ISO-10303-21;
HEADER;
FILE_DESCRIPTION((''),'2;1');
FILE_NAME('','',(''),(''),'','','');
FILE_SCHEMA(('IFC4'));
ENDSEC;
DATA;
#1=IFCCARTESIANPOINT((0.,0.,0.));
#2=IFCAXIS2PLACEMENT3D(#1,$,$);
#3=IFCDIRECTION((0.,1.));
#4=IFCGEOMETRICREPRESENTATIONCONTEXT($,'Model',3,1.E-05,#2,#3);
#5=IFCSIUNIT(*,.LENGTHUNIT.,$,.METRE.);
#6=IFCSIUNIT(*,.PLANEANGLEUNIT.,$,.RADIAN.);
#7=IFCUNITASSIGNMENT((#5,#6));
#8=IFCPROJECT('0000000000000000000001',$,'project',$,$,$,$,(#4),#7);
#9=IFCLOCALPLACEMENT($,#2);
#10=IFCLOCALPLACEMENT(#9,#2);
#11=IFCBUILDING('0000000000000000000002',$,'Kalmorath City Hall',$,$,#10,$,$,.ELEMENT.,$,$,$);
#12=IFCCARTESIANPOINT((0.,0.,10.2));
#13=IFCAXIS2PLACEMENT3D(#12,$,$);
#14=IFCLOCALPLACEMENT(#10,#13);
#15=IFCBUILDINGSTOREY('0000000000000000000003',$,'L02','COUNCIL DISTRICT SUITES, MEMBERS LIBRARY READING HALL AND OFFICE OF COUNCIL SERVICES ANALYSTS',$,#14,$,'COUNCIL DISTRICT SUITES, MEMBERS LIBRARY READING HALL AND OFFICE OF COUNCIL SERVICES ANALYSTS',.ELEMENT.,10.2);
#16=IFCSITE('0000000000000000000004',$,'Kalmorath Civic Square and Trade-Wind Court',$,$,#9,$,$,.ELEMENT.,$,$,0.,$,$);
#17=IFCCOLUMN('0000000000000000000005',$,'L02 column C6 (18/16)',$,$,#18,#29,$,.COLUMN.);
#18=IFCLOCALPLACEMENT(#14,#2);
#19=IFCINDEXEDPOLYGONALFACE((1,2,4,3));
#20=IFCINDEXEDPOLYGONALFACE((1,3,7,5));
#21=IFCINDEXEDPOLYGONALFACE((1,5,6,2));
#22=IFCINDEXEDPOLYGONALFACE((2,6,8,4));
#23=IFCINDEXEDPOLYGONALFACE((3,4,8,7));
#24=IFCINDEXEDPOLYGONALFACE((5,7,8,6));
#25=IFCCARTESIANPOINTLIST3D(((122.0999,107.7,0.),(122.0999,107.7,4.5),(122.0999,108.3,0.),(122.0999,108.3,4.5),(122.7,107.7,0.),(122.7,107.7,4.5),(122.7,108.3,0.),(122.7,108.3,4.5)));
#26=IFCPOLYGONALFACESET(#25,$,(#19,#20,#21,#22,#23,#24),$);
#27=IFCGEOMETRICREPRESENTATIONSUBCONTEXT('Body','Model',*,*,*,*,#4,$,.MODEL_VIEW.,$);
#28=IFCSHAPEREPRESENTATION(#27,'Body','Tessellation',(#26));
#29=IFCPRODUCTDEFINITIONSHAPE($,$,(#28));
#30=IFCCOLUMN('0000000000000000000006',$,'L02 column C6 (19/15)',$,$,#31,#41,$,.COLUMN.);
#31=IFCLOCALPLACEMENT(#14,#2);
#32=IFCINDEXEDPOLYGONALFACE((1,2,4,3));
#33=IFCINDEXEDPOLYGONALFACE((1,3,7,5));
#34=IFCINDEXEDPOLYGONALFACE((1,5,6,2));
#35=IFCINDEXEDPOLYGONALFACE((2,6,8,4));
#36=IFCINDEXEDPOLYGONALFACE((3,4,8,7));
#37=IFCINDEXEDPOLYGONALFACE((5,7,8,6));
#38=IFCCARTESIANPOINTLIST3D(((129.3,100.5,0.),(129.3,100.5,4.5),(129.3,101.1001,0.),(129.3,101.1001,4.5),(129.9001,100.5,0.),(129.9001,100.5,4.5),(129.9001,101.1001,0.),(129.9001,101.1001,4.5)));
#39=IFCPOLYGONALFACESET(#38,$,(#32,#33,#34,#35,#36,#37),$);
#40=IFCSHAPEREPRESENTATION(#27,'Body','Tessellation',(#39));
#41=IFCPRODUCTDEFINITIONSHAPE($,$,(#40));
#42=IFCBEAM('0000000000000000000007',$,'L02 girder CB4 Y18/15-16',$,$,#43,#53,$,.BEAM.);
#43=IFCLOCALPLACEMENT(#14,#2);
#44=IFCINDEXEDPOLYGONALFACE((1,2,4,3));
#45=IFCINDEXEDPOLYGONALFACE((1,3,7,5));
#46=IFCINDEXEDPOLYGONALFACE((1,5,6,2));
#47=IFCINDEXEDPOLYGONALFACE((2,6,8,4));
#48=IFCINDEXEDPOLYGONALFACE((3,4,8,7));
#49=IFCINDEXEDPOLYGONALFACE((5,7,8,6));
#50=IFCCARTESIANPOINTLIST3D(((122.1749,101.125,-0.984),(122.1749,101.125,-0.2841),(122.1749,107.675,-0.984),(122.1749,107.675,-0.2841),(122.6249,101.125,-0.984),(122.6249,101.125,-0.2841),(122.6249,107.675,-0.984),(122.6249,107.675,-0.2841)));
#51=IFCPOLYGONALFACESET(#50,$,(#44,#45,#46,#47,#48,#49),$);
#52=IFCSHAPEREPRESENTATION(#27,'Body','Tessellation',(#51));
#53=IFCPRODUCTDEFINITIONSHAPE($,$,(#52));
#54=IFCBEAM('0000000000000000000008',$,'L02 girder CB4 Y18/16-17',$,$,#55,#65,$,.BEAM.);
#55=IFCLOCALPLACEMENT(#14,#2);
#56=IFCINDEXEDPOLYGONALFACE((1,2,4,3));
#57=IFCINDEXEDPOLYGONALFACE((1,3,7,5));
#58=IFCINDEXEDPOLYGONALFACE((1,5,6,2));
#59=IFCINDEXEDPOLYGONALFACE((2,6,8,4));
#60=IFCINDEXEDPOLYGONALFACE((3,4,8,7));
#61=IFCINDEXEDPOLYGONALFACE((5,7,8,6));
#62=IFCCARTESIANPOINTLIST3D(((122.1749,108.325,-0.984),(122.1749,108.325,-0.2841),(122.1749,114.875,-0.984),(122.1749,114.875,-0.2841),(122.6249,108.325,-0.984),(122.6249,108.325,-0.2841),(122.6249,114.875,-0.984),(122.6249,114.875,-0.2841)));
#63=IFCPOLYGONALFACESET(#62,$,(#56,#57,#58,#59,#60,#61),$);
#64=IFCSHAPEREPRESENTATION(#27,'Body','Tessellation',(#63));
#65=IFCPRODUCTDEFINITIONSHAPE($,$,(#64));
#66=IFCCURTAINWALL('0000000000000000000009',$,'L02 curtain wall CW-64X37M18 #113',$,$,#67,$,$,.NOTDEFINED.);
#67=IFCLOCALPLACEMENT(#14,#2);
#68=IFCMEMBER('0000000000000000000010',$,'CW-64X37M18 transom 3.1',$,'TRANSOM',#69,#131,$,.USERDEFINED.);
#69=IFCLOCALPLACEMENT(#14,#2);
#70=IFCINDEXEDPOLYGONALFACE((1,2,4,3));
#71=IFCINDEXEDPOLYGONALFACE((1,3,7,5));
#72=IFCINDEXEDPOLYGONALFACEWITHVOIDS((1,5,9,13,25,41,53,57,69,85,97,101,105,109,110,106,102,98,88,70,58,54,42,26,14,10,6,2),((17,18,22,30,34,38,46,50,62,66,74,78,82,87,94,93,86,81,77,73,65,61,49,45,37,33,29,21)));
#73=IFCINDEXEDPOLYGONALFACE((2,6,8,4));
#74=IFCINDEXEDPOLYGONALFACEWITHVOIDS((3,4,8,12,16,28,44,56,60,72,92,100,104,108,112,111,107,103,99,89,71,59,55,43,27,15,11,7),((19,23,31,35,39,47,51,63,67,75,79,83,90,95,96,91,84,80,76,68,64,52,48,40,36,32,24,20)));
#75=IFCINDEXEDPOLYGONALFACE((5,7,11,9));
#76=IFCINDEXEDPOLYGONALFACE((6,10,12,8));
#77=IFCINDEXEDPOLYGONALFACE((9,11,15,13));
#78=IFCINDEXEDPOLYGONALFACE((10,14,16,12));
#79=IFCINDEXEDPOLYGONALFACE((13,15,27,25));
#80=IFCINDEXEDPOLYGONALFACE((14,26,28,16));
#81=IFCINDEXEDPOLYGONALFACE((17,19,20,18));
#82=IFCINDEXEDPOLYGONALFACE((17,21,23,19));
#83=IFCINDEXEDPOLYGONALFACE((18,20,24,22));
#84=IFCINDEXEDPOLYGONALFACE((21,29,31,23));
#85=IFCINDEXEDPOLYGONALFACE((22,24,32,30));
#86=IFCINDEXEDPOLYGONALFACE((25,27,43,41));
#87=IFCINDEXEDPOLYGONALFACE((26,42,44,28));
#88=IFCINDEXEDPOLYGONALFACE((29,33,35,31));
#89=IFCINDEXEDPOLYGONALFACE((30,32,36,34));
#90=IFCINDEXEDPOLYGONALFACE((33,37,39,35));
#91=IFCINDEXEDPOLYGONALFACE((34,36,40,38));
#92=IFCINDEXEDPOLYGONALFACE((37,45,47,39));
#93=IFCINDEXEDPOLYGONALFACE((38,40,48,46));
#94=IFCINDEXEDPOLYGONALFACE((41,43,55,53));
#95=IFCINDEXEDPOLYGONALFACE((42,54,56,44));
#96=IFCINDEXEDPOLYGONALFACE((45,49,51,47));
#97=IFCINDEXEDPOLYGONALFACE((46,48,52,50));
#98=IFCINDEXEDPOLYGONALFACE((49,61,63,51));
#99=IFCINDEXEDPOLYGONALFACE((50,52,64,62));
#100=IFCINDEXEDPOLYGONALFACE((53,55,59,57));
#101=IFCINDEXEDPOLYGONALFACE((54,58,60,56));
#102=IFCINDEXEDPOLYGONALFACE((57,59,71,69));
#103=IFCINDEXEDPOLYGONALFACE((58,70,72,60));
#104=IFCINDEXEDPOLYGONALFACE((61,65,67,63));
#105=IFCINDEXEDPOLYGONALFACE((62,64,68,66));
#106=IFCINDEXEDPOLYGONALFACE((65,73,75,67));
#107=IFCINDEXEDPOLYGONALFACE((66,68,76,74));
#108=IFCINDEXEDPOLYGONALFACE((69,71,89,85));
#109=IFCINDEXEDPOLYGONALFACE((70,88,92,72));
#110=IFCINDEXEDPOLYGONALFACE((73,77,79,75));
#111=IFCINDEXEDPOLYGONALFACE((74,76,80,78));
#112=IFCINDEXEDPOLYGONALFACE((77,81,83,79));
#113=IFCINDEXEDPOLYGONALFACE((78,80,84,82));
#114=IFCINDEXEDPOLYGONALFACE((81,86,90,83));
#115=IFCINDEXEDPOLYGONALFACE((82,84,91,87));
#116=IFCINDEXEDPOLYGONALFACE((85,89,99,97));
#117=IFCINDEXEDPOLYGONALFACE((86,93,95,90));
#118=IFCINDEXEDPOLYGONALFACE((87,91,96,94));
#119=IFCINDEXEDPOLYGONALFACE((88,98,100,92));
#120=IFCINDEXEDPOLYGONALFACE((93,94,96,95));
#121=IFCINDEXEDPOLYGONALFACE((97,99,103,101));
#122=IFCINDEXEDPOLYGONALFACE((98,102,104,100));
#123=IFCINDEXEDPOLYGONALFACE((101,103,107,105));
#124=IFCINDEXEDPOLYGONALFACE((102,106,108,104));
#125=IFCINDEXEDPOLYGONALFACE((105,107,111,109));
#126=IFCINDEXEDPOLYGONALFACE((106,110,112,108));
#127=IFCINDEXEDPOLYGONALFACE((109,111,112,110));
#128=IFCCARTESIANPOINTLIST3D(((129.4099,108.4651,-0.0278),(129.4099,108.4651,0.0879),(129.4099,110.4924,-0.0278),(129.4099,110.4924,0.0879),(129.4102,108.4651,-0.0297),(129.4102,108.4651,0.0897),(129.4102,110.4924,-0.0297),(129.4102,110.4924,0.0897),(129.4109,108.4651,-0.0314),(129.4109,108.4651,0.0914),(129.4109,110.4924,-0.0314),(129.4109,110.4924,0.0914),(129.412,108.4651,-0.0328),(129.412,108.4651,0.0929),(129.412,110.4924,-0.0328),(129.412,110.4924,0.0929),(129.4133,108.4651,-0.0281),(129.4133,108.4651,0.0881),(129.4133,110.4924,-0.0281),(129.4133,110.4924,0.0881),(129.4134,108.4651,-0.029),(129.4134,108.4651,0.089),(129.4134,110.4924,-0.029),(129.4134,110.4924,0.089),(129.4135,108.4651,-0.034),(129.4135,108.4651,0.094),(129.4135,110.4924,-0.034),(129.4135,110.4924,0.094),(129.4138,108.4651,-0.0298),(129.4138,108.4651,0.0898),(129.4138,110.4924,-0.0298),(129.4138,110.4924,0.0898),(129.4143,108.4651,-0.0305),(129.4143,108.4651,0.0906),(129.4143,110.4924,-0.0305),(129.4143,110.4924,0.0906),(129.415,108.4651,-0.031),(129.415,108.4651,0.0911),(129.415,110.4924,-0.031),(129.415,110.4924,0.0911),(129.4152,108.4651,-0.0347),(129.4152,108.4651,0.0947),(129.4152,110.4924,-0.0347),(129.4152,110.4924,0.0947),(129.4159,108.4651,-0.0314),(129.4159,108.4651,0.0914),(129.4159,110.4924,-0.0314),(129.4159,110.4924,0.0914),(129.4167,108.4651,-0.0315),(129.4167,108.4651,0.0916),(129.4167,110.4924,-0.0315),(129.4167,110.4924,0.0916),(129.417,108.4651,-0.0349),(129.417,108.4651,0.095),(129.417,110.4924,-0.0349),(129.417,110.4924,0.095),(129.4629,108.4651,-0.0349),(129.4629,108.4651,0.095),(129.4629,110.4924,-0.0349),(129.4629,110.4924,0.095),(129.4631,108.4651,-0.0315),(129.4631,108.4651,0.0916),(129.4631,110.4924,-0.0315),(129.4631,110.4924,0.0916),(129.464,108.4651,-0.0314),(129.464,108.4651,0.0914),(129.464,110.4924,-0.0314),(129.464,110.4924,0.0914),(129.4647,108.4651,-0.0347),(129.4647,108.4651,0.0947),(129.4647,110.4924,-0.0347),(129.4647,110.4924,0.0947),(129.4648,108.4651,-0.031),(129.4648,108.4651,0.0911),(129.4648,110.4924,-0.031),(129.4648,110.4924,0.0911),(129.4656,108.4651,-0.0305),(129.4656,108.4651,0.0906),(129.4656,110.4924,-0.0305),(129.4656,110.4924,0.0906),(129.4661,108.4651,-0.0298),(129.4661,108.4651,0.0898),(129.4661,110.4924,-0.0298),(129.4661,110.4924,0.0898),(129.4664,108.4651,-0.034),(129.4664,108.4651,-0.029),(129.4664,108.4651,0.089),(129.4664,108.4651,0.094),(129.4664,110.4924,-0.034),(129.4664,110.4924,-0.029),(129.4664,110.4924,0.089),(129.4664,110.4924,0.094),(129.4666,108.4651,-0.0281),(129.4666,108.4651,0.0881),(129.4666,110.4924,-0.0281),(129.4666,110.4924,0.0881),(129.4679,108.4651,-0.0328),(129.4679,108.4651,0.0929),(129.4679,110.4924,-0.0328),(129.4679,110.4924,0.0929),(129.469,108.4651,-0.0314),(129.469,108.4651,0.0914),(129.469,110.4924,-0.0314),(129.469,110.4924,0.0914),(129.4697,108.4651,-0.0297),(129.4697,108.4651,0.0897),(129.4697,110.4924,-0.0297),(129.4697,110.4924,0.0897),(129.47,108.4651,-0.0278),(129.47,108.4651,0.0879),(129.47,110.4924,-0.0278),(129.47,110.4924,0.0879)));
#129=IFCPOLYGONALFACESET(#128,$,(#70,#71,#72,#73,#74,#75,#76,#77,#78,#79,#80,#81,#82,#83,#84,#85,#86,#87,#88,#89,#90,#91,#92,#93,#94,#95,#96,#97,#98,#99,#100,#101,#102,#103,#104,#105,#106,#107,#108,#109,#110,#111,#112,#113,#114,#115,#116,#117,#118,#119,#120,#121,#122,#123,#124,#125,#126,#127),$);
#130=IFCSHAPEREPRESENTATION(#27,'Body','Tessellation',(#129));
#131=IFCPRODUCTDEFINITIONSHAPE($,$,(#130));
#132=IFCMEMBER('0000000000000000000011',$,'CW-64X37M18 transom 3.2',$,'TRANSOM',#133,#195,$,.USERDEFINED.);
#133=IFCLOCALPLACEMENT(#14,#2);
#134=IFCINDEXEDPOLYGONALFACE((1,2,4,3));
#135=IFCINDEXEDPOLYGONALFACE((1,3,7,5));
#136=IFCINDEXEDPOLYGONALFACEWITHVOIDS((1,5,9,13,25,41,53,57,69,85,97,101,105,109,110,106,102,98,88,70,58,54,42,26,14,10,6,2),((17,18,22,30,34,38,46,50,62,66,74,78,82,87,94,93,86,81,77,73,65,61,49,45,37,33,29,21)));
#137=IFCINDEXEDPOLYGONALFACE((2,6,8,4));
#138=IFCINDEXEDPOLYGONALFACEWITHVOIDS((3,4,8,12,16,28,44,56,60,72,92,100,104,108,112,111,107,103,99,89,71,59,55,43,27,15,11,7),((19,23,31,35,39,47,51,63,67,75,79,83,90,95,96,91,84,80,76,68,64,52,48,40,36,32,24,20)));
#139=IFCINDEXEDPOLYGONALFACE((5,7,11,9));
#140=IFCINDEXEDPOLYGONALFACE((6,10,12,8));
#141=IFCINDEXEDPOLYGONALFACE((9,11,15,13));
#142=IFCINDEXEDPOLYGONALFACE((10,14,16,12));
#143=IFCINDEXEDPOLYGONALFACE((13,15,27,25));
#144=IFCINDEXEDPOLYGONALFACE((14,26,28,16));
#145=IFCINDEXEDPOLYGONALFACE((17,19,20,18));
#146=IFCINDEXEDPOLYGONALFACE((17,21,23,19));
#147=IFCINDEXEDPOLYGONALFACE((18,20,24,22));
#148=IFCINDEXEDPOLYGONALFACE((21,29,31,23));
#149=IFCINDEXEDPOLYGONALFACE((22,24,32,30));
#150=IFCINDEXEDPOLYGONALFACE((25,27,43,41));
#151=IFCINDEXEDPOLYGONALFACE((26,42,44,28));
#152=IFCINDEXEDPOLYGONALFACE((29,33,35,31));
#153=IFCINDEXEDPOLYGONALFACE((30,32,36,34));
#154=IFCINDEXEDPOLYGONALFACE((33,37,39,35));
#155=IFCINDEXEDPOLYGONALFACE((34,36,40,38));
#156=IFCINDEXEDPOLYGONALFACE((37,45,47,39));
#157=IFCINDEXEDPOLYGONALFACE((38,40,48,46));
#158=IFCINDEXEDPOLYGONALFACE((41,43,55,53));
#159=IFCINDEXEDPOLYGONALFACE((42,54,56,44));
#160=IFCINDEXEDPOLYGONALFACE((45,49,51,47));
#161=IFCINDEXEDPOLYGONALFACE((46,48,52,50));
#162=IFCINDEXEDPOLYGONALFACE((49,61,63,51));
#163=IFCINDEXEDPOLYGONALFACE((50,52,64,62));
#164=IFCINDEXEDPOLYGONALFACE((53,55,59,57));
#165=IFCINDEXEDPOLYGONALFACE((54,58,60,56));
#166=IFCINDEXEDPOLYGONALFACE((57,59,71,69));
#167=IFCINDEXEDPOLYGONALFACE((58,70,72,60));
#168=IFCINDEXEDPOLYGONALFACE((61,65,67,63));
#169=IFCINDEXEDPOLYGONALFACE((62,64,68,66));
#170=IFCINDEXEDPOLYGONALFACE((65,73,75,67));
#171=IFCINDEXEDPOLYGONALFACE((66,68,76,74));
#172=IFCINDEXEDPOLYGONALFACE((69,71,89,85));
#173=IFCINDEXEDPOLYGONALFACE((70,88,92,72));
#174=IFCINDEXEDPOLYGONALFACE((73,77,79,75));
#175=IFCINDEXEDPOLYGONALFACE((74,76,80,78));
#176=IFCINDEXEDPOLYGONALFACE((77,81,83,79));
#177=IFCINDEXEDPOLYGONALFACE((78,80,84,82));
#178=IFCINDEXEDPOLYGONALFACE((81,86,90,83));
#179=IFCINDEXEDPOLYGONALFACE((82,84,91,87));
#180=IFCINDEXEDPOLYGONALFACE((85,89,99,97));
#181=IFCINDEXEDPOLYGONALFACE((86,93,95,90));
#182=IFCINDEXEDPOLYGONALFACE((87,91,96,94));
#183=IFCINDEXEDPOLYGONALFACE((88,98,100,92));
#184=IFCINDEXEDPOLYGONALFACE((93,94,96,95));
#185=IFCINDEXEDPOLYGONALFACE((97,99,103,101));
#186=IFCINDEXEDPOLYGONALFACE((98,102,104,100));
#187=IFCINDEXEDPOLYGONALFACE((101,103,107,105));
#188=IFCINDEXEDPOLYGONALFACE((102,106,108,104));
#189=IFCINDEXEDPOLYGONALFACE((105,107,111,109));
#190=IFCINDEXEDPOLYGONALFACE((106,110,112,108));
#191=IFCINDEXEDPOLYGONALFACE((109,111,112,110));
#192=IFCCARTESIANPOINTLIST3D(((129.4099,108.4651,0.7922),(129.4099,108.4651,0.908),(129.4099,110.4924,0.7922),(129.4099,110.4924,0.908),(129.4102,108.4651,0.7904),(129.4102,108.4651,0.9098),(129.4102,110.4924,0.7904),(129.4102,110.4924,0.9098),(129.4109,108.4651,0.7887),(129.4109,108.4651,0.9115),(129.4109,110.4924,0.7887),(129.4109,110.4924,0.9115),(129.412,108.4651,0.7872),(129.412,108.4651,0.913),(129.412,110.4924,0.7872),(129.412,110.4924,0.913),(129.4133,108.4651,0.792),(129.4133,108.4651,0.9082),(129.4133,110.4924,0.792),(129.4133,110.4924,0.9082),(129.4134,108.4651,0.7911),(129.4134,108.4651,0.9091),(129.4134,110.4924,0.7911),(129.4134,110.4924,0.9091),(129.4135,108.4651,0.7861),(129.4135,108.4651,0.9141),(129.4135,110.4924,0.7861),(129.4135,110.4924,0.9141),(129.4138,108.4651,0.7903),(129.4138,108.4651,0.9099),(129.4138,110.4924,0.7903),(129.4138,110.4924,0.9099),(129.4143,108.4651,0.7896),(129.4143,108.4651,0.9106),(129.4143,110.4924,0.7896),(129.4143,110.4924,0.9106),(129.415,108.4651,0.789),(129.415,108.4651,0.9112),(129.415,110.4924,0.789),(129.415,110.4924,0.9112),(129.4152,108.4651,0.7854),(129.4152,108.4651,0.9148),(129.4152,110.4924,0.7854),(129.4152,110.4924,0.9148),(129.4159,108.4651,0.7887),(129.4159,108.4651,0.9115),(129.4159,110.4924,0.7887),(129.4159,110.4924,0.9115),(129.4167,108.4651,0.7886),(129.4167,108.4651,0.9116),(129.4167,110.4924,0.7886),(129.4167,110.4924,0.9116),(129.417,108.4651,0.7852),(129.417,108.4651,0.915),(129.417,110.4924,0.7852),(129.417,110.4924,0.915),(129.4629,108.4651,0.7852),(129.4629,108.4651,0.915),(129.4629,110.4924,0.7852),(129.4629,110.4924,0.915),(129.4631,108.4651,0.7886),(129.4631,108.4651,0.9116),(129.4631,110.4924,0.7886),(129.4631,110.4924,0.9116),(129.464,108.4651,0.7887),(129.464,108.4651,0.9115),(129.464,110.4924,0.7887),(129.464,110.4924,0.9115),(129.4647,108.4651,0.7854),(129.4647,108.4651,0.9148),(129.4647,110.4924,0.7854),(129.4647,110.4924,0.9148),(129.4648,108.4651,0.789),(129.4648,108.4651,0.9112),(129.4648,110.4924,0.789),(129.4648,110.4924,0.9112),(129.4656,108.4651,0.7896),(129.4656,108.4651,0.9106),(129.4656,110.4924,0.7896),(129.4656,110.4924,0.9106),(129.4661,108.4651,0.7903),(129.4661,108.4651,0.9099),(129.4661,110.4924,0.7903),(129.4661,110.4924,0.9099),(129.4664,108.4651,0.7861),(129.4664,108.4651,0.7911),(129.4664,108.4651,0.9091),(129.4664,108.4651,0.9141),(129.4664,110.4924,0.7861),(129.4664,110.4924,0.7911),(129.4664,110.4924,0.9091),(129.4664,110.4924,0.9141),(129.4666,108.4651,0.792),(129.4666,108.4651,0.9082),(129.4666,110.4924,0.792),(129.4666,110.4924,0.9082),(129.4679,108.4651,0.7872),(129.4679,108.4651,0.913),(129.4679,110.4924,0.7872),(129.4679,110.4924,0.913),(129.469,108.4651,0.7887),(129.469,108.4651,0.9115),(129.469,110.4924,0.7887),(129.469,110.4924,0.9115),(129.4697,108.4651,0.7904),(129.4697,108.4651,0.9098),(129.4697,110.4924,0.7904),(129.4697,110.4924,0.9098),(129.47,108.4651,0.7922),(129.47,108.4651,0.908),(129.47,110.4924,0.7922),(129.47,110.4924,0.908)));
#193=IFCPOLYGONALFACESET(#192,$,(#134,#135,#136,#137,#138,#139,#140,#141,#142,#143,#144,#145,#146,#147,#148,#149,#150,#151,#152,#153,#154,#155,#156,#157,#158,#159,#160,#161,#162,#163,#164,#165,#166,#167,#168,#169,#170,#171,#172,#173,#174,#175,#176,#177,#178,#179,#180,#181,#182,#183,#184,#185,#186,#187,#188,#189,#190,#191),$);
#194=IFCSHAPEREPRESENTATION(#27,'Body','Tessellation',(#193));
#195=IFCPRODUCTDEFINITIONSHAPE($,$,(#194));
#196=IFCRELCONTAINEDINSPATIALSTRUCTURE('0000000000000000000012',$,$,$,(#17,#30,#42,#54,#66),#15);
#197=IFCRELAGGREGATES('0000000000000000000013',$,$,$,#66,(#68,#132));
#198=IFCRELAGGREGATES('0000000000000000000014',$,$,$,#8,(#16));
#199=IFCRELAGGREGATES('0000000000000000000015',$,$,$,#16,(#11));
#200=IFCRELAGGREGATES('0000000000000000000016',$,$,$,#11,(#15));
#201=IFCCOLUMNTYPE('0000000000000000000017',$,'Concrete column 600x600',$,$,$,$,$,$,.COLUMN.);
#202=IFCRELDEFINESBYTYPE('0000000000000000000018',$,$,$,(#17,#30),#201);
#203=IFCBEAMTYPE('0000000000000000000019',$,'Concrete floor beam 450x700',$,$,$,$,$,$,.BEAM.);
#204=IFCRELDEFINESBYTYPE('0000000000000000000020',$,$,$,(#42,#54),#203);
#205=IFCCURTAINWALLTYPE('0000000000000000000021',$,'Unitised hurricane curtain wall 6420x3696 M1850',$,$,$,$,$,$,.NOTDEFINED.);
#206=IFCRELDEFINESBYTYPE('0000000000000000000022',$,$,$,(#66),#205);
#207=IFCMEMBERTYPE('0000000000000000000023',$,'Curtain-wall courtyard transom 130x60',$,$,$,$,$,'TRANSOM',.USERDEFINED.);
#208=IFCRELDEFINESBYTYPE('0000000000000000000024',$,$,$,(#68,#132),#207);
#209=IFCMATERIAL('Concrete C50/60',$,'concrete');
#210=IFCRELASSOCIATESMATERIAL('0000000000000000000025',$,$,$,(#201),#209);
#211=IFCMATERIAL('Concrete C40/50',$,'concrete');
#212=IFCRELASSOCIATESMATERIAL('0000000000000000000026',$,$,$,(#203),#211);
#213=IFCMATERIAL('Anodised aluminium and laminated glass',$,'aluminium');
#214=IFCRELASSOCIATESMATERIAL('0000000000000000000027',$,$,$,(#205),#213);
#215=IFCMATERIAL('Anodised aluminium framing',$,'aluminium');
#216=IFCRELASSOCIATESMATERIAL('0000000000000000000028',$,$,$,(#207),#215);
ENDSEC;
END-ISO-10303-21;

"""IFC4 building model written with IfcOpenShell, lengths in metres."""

from ifc_helpers import new_model, si_unit, direction, frame, origin, origin_2d, place, context, subcontext, project, spatial, rectangle, hollow_rectangle, extrude, material, material_profile, profile_set, type_object, element, aggregate, save


model = new_model("IFC4")

# Units and contexts
model_context = context("Model", 3, precision=1e-05, world=origin(), true_north=direction((0.0, 1.0)))
body_context = subcontext(model_context, "Body", "Model", "MODEL_VIEW")
ifc_project = project(units=[si_unit("LENGTHUNIT", "METRE"), si_unit("PLANEANGLEUNIT", "RADIAN")], contexts=[model_context])

# Site, building, storey
site_placement = place(None, origin())
site = spatial("IfcSite", under=ifc_project, at=site_placement, Name="Kalmorath Civic Square and Trade-Wind Court", CompositionType="ELEMENT", RefElevation=0.0)
building_placement = place(site_placement, origin())
building = spatial("IfcBuilding", under=site, at=building_placement, Name="Kalmorath City Hall", CompositionType="ELEMENT")
storey_placement = place(building_placement, frame((0.0, 0.0, 10.2)))
storey = spatial("IfcBuildingStorey", under=building, at=storey_placement, Name="L02", Description="COUNCIL DISTRICT SUITES, MEMBERS LIBRARY READING HALL AND OFFICE OF COUNCIL SERVICES ANALYSTS", LongName="COUNCIL DISTRICT SUITES, MEMBERS LIBRARY READING HALL AND OFFICE OF COUNCIL SERVICES ANALYSTS", CompositionType="ELEMENT", Elevation=10.2)

# Columns
ifc_material_1 = material(Name="Concrete C50/60", Category="concrete")
ifc_material_profile_1 = material_profile(ifc_material_1, rectangle(XDim=0.6001, YDim=0.6001, at=origin_2d()), Name="RC-COL-600X600")
ifc_profile_set_1 = profile_set([ifc_material_profile_1], Name="Concrete C50/60")
column_type = type_object("IfcColumnType", Name="Concrete column 600x600", PredefinedType="COLUMN", material=ifc_profile_set_1)
for number, where, z_axis, x_axis, name in (
    (1, (122.3999, 108.0, 0.0), (0.0, 0.0, 1.0), (1.0, 0.0, 0.0), "L02 column C6 (18/16)"),
    (2, (129.6001, 100.8, 0.0), (0.0, 0.0, 1.0), (1.0, 0.0, 0.0), "L02 column C6 (19/15)"),
):
    element("IfcColumn", number, at=place(storey_placement, frame(where, z_axis=z_axis, x_axis=x_axis)), inside=storey, type_object=column_type, Name=name, PredefinedType="COLUMN", context=body_context, shape_type="SweptSolid", body=[
        extrude(rectangle(XDim=0.6001, YDim=0.6001, at=origin_2d()), origin(), (0.0, 0.0, 1.0), 4.5),
    ])

# Beams
ifc_material_2 = material(Name="Concrete C40/50", Category="concrete")
ifc_material_profile_2 = material_profile(ifc_material_2, rectangle(XDim=0.45, YDim=0.7, at=origin_2d()), Name="RC-BM-450X700")
ifc_profile_set_2 = profile_set([ifc_material_profile_2], Name="Concrete C40/50")
beam_type_1 = type_object("IfcBeamType", Name="Concrete floor beam 450x700", PredefinedType="BEAM", material=ifc_profile_set_2)
for number, where, z_axis, x_axis, name in (
    (3, (122.3999, 101.125, -0.634), (0.0, 1.0, 0.0), (-1.0, 0.0, 0.0), "L02 girder CB4 Y18/15-16"),
    (4, (122.3999, 108.325, -0.634), (0.0, 1.0, 0.0), (-1.0, 0.0, 0.0), "L02 girder CB4 Y18/16-17"),
):
    element("IfcBeam", number, at=place(storey_placement, frame(where, z_axis=z_axis, x_axis=x_axis)), inside=storey, type_object=beam_type_1, Name=name, PredefinedType="BEAM", context=body_context, shape_type="SweptSolid", body=[
        extrude(rectangle(XDim=0.45, YDim=0.7, at=origin_2d()), origin(), (0.0, 0.0, 1.0), 6.55),
    ])

# Curtain wall, members
ifc_material_3 = material(Name="Anodised aluminium and laminated glass", Category="aluminium")
curtain_wall_type = type_object("IfcCurtainWallType", Name="Unitised hurricane curtain wall 6420x3696 M1850", PredefinedType="NOTDEFINED", material=ifc_material_3)
curtain_wall_placement = place(storey_placement, origin())
curtain_wall = element("IfcCurtainWall", 5, at=curtain_wall_placement, inside=storey, type_object=curtain_wall_type, Name="L02 curtain wall CW-64X37M18 #113", PredefinedType="NOTDEFINED")
ifc_material_4 = material(Name="Anodised aluminium framing", Category="aluminium")
ifc_material_profile_3 = material_profile(ifc_material_4, hollow_rectangle(XDim=0.0601, YDim=0.1299, WallThickness=0.0034, InnerFilletRadius=0.0034, OuterFilletRadius=0.0071, at=origin_2d()), Name="ALU-TRN-130X60X3.5")
ifc_profile_set_3 = profile_set([ifc_material_profile_3], Name="Anodised aluminium framing")
member_type_1 = type_object("IfcMemberType", Name="Curtain-wall courtyard transom 130x60", ElementType="TRANSOM", PredefinedType="USERDEFINED", material=ifc_profile_set_3)
member_1_placement = place(storey_placement, frame((129.4399, 110.4924, 0.03), z_axis=(0.0, -1.0, 0.0), x_axis=(1.0, 0.0, 0.0)))
member_1 = element("IfcMember", 6, at=member_1_placement, type_object=member_type_1, Name="CW-64X37M18 transom 3.1", ObjectType="TRANSOM", PredefinedType="USERDEFINED", context=body_context, shape_type="SweptSolid", body=[
    extrude(hollow_rectangle(XDim=0.0601, YDim=0.1299, WallThickness=0.0034, InnerFilletRadius=0.0034, OuterFilletRadius=0.0071, at=origin_2d()), origin(), (0.0, 0.0, 1.0), 2.0273),
])
member_2_placement = place(storey_placement, frame((129.4399, 110.4924, 0.8501), z_axis=(0.0, -1.0, 0.0), x_axis=(1.0, 0.0, 0.0)))
member_2 = element("IfcMember", 7, at=member_2_placement, type_object=member_type_1, Name="CW-64X37M18 transom 3.2", ObjectType="TRANSOM", PredefinedType="USERDEFINED", context=body_context, shape_type="SweptSolid", body=[
    extrude(hollow_rectangle(XDim=0.0601, YDim=0.1299, WallThickness=0.0034, InnerFilletRadius=0.0034, OuterFilletRadius=0.0071, at=origin_2d()), origin(), (0.0, 0.0, 1.0), 2.0273),
])

aggregate(curtain_wall, [member_1, member_2])

save(model, "model.ifc")
